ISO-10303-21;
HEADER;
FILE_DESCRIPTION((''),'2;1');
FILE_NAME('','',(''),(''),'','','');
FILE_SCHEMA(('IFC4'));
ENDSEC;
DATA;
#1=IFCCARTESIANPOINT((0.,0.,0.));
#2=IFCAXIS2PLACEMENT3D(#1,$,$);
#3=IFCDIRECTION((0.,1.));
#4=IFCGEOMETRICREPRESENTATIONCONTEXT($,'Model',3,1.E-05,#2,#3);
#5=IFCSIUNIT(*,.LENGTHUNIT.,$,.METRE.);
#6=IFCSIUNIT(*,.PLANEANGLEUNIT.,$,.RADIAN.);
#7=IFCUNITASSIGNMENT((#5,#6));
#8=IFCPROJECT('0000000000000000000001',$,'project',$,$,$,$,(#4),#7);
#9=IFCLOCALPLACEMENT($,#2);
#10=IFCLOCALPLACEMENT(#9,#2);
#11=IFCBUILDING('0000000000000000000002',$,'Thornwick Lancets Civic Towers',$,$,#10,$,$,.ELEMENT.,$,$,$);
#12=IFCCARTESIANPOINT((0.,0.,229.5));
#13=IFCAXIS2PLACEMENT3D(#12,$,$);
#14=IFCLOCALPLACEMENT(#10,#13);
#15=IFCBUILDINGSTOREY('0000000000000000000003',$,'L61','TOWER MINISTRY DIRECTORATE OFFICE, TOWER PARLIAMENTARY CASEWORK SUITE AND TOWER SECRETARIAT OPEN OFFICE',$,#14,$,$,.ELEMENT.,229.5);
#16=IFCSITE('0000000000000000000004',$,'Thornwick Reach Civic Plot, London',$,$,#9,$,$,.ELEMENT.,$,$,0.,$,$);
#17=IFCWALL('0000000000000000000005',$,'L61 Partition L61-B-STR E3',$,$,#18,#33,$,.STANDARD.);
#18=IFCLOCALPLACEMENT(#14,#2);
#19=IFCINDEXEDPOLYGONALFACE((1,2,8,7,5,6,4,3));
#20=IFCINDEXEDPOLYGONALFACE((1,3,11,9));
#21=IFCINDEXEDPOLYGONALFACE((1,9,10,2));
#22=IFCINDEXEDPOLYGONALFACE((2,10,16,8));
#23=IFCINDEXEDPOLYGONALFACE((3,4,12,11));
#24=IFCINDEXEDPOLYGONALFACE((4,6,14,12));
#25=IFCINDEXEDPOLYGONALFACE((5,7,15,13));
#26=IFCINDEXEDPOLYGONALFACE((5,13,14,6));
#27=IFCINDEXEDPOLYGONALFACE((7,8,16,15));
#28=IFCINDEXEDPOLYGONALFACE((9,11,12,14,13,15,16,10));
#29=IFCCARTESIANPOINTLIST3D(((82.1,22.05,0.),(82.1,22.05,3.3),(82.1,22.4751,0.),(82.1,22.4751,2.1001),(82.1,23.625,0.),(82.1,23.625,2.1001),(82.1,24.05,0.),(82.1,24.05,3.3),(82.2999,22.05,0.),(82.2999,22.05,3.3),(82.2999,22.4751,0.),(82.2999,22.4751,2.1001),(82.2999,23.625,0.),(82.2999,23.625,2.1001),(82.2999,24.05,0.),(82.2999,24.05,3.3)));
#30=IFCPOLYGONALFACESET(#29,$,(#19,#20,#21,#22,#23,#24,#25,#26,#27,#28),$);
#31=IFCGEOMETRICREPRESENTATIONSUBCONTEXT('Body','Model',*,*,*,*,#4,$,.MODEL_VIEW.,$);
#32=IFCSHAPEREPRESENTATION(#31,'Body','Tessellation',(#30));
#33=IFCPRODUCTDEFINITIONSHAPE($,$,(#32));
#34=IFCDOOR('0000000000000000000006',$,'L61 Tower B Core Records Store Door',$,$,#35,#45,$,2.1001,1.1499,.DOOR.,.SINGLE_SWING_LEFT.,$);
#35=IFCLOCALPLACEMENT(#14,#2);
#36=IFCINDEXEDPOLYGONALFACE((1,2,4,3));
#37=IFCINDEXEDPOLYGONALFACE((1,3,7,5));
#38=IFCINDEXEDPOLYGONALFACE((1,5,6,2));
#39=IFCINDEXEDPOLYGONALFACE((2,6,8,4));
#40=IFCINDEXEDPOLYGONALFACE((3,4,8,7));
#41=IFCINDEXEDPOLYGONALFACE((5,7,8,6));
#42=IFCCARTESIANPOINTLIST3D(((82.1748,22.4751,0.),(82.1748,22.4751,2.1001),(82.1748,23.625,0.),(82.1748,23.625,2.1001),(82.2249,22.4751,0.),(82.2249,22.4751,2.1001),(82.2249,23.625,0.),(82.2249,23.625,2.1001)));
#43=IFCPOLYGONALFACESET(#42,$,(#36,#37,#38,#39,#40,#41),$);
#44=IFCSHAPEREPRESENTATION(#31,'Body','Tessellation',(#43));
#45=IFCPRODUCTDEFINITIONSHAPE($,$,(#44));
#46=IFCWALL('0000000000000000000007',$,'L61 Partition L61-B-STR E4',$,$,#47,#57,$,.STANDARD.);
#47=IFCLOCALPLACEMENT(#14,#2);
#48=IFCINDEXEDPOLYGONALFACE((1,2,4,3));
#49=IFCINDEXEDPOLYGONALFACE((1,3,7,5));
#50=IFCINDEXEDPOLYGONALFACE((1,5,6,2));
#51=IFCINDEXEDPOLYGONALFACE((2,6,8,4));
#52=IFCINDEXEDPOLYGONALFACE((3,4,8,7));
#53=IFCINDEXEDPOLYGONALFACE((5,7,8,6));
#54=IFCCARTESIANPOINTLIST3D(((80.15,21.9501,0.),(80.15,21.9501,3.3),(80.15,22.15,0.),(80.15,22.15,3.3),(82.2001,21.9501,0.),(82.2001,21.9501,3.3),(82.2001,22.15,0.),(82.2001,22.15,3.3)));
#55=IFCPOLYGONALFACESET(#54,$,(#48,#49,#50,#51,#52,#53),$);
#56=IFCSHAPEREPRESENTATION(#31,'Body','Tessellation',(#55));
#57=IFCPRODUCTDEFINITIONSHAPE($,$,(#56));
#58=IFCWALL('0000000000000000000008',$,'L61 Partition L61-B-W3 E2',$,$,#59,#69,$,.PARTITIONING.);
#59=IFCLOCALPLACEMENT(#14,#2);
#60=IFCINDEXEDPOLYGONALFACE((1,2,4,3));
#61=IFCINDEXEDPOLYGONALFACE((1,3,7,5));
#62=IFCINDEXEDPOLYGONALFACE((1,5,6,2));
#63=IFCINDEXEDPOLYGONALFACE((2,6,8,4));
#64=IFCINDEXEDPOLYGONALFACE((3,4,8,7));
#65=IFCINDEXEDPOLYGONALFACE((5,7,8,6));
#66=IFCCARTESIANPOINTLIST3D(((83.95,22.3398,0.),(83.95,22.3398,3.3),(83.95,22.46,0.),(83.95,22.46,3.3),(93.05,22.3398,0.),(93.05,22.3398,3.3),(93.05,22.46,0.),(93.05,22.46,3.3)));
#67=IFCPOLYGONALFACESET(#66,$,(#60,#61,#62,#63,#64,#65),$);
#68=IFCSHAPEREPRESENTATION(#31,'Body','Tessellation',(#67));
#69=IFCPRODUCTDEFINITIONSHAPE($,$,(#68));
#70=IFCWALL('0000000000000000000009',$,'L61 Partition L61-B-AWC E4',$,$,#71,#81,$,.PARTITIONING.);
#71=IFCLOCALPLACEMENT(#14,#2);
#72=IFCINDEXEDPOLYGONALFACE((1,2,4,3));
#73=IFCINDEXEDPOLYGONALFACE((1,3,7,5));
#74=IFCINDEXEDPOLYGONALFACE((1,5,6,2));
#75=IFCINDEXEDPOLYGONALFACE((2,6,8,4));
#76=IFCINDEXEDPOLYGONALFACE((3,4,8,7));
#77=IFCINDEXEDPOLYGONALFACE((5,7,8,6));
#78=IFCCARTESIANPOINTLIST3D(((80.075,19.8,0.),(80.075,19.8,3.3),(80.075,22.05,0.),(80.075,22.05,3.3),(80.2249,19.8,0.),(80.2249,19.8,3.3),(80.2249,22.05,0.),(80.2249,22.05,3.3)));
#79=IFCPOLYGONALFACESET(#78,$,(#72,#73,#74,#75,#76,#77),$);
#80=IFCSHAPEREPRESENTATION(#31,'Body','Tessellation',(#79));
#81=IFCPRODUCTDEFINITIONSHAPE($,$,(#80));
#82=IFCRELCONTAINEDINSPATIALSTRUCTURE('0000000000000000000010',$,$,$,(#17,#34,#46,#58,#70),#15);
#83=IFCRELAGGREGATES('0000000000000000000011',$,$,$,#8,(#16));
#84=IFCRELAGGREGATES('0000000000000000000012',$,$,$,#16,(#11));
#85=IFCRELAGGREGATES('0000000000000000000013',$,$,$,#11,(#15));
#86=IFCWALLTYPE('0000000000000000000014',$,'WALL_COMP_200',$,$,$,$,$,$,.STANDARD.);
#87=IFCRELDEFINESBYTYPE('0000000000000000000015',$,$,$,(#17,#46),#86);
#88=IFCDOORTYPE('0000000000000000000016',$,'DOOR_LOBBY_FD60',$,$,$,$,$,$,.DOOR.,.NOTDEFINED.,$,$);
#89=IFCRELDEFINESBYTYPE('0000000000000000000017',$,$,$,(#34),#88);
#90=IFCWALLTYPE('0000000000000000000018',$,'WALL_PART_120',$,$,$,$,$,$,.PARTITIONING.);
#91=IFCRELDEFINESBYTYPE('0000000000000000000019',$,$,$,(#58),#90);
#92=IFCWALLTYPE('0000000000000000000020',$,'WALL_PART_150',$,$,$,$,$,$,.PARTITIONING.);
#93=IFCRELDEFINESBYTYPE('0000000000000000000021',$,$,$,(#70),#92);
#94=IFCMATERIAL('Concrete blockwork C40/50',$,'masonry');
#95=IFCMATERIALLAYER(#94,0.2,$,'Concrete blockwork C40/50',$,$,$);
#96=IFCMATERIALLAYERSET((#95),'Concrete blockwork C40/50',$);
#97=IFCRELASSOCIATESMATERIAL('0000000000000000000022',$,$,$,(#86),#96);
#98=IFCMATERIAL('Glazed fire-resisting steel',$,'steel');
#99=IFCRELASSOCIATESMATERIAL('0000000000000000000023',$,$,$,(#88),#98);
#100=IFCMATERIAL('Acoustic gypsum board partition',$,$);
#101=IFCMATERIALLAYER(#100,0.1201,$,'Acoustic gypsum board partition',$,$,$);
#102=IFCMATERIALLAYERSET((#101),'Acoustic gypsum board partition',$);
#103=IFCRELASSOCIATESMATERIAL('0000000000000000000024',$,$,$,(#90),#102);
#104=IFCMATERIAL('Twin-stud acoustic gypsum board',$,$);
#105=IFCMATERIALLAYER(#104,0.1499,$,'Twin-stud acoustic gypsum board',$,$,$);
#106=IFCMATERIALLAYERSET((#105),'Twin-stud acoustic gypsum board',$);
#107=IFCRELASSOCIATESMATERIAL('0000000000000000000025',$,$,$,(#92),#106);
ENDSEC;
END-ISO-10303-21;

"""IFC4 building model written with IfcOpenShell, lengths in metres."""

from ifc_helpers import new_model, si_unit, direction, frame, frame_2d, origin, place, context, subcontext, project, spatial, rectangle, extrude, material, layer, layer_set, type_object, element, fill, save


model = new_model("IFC4")

# Units and contexts
model_context = context("Model", 3, precision=1e-05, world=origin(), true_north=direction((0.0, 1.0)))
body_context = subcontext(model_context, "Body", "Model", "MODEL_VIEW")
ifc_project = project(units=[si_unit("LENGTHUNIT", "METRE"), si_unit("PLANEANGLEUNIT", "RADIAN")], contexts=[model_context])

# Site, building, storey
site_placement = place(None, origin())
site = spatial("IfcSite", under=ifc_project, at=site_placement, Name="Thornwick Reach Civic Plot, London", CompositionType="ELEMENT", RefElevation=0.0)
building_placement = place(site_placement, origin())
building = spatial("IfcBuilding", under=site, at=building_placement, Name="Thornwick Lancets Civic Towers", CompositionType="ELEMENT")
storey_placement = place(building_placement, frame((0.0, 0.0, 229.5)))
storey = spatial("IfcBuildingStorey", under=building, at=storey_placement, Name="L61", Description="TOWER MINISTRY DIRECTORATE OFFICE, TOWER PARLIAMENTARY CASEWORK SUITE AND TOWER SECRETARIAT OPEN OFFICE", CompositionType="ELEMENT", Elevation=229.5)

# Shared definitions
ifc_material_1 = material(Name="Concrete blockwork C40/50", Category="masonry")
ifc_layer_1 = layer(ifc_material_1, 0.2, Name="Concrete blockwork C40/50")
ifc_layer_set_1 = layer_set([ifc_layer_1], Name="Concrete blockwork C40/50")
wall_type_1 = type_object("IfcWallType", Name="WALL_COMP_200", PredefinedType="STANDARD", material=ifc_layer_set_1)

# Wall, opening, door
wall_1_placement = place(storey_placement, frame((82.2, 24.05, 0.0), z_axis=(0.0, 0.0, 1.0), x_axis=(0.0, -1.0, 0.0)))
wall_1 = element("IfcWall", 1, at=wall_1_placement, inside=storey, type_object=wall_type_1, Name="L61 Partition L61-B-STR E3", PredefinedType="STANDARD", context=body_context, shape_type="SweptSolid", body=[
    extrude(rectangle(XDim=2.0, YDim=0.2, at=frame_2d((1.0, 0.0))), origin(), (0.0, 0.0, 1.0), 3.3),
])
opening_1_placement = place(wall_1_placement, frame((0.425, 0.0, 0.0)))
opening_1 = element("IfcOpeningElement", 2, at=opening_1_placement, cuts=wall_1, PredefinedType="OPENING", context=body_context, shape_type="SweptSolid", body=[
    extrude(rectangle(XDim=1.1499, YDim=2.1001, at=frame_2d((0.575, 1.05))), frame((0.0, 0.1099, 0.0), z_axis=(0.0, -1.0, 0.0), x_axis=(1.0, 0.0, 0.0)), (0.0, 0.0, 1.0), 0.22),
])
ifc_material_2 = material(Name="Glazed fire-resisting steel", Category="steel")
door_type_1 = type_object("IfcDoorType", Name="DOOR_LOBBY_FD60", OperationType="NOTDEFINED", PredefinedType="DOOR", material=ifc_material_2)
door_1_placement = place(opening_1_placement, origin())
door_1 = element("IfcDoor", 3, at=door_1_placement, inside=storey, type_object=door_type_1, Name="L61 Tower B Core Records Store Door", OperationType="SINGLE_SWING_LEFT", OverallHeight=2.1001, OverallWidth=1.1499, PredefinedType="DOOR", context=body_context, shape_type="SweptSolid", body=[
    extrude(rectangle(XDim=1.1499, YDim=2.1001, at=frame_2d((0.575, 1.05))), frame((0.0, 0.0249, 0.0), z_axis=(0.0, -1.0, 0.0), x_axis=(1.0, 0.0, 0.0)), (0.0, 0.0, 1.0), 0.05),
])
fill(opening_1, door_1)

# Walls
wall_2_placement = place(storey_placement, frame((82.2, 22.05, 0.0), z_axis=(0.0, 0.0, 1.0), x_axis=(-1.0, 0.0, 0.0)))
element("IfcWall", 4, at=wall_2_placement, inside=storey, type_object=wall_type_1, Name="L61 Partition L61-B-STR E4", PredefinedType="STANDARD", context=body_context, shape_type="SweptSolid", body=[
    extrude(rectangle(XDim=2.05, YDim=0.2, at=frame_2d((1.0249, 0.0))), origin(), (0.0, 0.0, 1.0), 3.3),
])
ifc_material_3 = material(Name="Acoustic gypsum board partition")
ifc_layer_2 = layer(ifc_material_3, 0.1201, Name="Acoustic gypsum board partition")
ifc_layer_set_2 = layer_set([ifc_layer_2], Name="Acoustic gypsum board partition")
wall_type_2 = type_object("IfcWallType", Name="WALL_PART_120", PredefinedType="PARTITIONING", material=ifc_layer_set_2)
wall_3_placement = place(storey_placement, frame((83.95, 22.3999, 0.0), z_axis=(0.0, 0.0, 1.0), x_axis=(1.0, 0.0, 0.0)))
element("IfcWall", 5, at=wall_3_placement, inside=storey, type_object=wall_type_2, Name="L61 Partition L61-B-W3 E2", PredefinedType="PARTITIONING", context=body_context, shape_type="SweptSolid", body=[
    extrude(rectangle(XDim=9.1001, YDim=0.1201, at=frame_2d((4.55, 0.0))), origin(), (0.0, 0.0, 1.0), 3.3),
])
ifc_material_4 = material(Name="Twin-stud acoustic gypsum board")
ifc_layer_3 = layer(ifc_material_4, 0.1499, Name="Twin-stud acoustic gypsum board")
ifc_layer_set_3 = layer_set([ifc_layer_3], Name="Twin-stud acoustic gypsum board")
wall_type_3 = type_object("IfcWallType", Name="WALL_PART_150", PredefinedType="PARTITIONING", material=ifc_layer_set_3)
wall_4_placement = place(storey_placement, frame((80.1499, 22.05, 0.0), z_axis=(0.0, 0.0, 1.0), x_axis=(0.0, -1.0, 0.0)))
element("IfcWall", 6, at=wall_4_placement, inside=storey, type_object=wall_type_3, Name="L61 Partition L61-B-AWC E4", PredefinedType="PARTITIONING", context=body_context, shape_type="SweptSolid", body=[
    extrude(rectangle(XDim=2.25, YDim=0.1499, at=frame_2d((1.125, 0.0))), origin(), (0.0, 0.0, 1.0), 3.3),
])

save(model, "model.ifc")
